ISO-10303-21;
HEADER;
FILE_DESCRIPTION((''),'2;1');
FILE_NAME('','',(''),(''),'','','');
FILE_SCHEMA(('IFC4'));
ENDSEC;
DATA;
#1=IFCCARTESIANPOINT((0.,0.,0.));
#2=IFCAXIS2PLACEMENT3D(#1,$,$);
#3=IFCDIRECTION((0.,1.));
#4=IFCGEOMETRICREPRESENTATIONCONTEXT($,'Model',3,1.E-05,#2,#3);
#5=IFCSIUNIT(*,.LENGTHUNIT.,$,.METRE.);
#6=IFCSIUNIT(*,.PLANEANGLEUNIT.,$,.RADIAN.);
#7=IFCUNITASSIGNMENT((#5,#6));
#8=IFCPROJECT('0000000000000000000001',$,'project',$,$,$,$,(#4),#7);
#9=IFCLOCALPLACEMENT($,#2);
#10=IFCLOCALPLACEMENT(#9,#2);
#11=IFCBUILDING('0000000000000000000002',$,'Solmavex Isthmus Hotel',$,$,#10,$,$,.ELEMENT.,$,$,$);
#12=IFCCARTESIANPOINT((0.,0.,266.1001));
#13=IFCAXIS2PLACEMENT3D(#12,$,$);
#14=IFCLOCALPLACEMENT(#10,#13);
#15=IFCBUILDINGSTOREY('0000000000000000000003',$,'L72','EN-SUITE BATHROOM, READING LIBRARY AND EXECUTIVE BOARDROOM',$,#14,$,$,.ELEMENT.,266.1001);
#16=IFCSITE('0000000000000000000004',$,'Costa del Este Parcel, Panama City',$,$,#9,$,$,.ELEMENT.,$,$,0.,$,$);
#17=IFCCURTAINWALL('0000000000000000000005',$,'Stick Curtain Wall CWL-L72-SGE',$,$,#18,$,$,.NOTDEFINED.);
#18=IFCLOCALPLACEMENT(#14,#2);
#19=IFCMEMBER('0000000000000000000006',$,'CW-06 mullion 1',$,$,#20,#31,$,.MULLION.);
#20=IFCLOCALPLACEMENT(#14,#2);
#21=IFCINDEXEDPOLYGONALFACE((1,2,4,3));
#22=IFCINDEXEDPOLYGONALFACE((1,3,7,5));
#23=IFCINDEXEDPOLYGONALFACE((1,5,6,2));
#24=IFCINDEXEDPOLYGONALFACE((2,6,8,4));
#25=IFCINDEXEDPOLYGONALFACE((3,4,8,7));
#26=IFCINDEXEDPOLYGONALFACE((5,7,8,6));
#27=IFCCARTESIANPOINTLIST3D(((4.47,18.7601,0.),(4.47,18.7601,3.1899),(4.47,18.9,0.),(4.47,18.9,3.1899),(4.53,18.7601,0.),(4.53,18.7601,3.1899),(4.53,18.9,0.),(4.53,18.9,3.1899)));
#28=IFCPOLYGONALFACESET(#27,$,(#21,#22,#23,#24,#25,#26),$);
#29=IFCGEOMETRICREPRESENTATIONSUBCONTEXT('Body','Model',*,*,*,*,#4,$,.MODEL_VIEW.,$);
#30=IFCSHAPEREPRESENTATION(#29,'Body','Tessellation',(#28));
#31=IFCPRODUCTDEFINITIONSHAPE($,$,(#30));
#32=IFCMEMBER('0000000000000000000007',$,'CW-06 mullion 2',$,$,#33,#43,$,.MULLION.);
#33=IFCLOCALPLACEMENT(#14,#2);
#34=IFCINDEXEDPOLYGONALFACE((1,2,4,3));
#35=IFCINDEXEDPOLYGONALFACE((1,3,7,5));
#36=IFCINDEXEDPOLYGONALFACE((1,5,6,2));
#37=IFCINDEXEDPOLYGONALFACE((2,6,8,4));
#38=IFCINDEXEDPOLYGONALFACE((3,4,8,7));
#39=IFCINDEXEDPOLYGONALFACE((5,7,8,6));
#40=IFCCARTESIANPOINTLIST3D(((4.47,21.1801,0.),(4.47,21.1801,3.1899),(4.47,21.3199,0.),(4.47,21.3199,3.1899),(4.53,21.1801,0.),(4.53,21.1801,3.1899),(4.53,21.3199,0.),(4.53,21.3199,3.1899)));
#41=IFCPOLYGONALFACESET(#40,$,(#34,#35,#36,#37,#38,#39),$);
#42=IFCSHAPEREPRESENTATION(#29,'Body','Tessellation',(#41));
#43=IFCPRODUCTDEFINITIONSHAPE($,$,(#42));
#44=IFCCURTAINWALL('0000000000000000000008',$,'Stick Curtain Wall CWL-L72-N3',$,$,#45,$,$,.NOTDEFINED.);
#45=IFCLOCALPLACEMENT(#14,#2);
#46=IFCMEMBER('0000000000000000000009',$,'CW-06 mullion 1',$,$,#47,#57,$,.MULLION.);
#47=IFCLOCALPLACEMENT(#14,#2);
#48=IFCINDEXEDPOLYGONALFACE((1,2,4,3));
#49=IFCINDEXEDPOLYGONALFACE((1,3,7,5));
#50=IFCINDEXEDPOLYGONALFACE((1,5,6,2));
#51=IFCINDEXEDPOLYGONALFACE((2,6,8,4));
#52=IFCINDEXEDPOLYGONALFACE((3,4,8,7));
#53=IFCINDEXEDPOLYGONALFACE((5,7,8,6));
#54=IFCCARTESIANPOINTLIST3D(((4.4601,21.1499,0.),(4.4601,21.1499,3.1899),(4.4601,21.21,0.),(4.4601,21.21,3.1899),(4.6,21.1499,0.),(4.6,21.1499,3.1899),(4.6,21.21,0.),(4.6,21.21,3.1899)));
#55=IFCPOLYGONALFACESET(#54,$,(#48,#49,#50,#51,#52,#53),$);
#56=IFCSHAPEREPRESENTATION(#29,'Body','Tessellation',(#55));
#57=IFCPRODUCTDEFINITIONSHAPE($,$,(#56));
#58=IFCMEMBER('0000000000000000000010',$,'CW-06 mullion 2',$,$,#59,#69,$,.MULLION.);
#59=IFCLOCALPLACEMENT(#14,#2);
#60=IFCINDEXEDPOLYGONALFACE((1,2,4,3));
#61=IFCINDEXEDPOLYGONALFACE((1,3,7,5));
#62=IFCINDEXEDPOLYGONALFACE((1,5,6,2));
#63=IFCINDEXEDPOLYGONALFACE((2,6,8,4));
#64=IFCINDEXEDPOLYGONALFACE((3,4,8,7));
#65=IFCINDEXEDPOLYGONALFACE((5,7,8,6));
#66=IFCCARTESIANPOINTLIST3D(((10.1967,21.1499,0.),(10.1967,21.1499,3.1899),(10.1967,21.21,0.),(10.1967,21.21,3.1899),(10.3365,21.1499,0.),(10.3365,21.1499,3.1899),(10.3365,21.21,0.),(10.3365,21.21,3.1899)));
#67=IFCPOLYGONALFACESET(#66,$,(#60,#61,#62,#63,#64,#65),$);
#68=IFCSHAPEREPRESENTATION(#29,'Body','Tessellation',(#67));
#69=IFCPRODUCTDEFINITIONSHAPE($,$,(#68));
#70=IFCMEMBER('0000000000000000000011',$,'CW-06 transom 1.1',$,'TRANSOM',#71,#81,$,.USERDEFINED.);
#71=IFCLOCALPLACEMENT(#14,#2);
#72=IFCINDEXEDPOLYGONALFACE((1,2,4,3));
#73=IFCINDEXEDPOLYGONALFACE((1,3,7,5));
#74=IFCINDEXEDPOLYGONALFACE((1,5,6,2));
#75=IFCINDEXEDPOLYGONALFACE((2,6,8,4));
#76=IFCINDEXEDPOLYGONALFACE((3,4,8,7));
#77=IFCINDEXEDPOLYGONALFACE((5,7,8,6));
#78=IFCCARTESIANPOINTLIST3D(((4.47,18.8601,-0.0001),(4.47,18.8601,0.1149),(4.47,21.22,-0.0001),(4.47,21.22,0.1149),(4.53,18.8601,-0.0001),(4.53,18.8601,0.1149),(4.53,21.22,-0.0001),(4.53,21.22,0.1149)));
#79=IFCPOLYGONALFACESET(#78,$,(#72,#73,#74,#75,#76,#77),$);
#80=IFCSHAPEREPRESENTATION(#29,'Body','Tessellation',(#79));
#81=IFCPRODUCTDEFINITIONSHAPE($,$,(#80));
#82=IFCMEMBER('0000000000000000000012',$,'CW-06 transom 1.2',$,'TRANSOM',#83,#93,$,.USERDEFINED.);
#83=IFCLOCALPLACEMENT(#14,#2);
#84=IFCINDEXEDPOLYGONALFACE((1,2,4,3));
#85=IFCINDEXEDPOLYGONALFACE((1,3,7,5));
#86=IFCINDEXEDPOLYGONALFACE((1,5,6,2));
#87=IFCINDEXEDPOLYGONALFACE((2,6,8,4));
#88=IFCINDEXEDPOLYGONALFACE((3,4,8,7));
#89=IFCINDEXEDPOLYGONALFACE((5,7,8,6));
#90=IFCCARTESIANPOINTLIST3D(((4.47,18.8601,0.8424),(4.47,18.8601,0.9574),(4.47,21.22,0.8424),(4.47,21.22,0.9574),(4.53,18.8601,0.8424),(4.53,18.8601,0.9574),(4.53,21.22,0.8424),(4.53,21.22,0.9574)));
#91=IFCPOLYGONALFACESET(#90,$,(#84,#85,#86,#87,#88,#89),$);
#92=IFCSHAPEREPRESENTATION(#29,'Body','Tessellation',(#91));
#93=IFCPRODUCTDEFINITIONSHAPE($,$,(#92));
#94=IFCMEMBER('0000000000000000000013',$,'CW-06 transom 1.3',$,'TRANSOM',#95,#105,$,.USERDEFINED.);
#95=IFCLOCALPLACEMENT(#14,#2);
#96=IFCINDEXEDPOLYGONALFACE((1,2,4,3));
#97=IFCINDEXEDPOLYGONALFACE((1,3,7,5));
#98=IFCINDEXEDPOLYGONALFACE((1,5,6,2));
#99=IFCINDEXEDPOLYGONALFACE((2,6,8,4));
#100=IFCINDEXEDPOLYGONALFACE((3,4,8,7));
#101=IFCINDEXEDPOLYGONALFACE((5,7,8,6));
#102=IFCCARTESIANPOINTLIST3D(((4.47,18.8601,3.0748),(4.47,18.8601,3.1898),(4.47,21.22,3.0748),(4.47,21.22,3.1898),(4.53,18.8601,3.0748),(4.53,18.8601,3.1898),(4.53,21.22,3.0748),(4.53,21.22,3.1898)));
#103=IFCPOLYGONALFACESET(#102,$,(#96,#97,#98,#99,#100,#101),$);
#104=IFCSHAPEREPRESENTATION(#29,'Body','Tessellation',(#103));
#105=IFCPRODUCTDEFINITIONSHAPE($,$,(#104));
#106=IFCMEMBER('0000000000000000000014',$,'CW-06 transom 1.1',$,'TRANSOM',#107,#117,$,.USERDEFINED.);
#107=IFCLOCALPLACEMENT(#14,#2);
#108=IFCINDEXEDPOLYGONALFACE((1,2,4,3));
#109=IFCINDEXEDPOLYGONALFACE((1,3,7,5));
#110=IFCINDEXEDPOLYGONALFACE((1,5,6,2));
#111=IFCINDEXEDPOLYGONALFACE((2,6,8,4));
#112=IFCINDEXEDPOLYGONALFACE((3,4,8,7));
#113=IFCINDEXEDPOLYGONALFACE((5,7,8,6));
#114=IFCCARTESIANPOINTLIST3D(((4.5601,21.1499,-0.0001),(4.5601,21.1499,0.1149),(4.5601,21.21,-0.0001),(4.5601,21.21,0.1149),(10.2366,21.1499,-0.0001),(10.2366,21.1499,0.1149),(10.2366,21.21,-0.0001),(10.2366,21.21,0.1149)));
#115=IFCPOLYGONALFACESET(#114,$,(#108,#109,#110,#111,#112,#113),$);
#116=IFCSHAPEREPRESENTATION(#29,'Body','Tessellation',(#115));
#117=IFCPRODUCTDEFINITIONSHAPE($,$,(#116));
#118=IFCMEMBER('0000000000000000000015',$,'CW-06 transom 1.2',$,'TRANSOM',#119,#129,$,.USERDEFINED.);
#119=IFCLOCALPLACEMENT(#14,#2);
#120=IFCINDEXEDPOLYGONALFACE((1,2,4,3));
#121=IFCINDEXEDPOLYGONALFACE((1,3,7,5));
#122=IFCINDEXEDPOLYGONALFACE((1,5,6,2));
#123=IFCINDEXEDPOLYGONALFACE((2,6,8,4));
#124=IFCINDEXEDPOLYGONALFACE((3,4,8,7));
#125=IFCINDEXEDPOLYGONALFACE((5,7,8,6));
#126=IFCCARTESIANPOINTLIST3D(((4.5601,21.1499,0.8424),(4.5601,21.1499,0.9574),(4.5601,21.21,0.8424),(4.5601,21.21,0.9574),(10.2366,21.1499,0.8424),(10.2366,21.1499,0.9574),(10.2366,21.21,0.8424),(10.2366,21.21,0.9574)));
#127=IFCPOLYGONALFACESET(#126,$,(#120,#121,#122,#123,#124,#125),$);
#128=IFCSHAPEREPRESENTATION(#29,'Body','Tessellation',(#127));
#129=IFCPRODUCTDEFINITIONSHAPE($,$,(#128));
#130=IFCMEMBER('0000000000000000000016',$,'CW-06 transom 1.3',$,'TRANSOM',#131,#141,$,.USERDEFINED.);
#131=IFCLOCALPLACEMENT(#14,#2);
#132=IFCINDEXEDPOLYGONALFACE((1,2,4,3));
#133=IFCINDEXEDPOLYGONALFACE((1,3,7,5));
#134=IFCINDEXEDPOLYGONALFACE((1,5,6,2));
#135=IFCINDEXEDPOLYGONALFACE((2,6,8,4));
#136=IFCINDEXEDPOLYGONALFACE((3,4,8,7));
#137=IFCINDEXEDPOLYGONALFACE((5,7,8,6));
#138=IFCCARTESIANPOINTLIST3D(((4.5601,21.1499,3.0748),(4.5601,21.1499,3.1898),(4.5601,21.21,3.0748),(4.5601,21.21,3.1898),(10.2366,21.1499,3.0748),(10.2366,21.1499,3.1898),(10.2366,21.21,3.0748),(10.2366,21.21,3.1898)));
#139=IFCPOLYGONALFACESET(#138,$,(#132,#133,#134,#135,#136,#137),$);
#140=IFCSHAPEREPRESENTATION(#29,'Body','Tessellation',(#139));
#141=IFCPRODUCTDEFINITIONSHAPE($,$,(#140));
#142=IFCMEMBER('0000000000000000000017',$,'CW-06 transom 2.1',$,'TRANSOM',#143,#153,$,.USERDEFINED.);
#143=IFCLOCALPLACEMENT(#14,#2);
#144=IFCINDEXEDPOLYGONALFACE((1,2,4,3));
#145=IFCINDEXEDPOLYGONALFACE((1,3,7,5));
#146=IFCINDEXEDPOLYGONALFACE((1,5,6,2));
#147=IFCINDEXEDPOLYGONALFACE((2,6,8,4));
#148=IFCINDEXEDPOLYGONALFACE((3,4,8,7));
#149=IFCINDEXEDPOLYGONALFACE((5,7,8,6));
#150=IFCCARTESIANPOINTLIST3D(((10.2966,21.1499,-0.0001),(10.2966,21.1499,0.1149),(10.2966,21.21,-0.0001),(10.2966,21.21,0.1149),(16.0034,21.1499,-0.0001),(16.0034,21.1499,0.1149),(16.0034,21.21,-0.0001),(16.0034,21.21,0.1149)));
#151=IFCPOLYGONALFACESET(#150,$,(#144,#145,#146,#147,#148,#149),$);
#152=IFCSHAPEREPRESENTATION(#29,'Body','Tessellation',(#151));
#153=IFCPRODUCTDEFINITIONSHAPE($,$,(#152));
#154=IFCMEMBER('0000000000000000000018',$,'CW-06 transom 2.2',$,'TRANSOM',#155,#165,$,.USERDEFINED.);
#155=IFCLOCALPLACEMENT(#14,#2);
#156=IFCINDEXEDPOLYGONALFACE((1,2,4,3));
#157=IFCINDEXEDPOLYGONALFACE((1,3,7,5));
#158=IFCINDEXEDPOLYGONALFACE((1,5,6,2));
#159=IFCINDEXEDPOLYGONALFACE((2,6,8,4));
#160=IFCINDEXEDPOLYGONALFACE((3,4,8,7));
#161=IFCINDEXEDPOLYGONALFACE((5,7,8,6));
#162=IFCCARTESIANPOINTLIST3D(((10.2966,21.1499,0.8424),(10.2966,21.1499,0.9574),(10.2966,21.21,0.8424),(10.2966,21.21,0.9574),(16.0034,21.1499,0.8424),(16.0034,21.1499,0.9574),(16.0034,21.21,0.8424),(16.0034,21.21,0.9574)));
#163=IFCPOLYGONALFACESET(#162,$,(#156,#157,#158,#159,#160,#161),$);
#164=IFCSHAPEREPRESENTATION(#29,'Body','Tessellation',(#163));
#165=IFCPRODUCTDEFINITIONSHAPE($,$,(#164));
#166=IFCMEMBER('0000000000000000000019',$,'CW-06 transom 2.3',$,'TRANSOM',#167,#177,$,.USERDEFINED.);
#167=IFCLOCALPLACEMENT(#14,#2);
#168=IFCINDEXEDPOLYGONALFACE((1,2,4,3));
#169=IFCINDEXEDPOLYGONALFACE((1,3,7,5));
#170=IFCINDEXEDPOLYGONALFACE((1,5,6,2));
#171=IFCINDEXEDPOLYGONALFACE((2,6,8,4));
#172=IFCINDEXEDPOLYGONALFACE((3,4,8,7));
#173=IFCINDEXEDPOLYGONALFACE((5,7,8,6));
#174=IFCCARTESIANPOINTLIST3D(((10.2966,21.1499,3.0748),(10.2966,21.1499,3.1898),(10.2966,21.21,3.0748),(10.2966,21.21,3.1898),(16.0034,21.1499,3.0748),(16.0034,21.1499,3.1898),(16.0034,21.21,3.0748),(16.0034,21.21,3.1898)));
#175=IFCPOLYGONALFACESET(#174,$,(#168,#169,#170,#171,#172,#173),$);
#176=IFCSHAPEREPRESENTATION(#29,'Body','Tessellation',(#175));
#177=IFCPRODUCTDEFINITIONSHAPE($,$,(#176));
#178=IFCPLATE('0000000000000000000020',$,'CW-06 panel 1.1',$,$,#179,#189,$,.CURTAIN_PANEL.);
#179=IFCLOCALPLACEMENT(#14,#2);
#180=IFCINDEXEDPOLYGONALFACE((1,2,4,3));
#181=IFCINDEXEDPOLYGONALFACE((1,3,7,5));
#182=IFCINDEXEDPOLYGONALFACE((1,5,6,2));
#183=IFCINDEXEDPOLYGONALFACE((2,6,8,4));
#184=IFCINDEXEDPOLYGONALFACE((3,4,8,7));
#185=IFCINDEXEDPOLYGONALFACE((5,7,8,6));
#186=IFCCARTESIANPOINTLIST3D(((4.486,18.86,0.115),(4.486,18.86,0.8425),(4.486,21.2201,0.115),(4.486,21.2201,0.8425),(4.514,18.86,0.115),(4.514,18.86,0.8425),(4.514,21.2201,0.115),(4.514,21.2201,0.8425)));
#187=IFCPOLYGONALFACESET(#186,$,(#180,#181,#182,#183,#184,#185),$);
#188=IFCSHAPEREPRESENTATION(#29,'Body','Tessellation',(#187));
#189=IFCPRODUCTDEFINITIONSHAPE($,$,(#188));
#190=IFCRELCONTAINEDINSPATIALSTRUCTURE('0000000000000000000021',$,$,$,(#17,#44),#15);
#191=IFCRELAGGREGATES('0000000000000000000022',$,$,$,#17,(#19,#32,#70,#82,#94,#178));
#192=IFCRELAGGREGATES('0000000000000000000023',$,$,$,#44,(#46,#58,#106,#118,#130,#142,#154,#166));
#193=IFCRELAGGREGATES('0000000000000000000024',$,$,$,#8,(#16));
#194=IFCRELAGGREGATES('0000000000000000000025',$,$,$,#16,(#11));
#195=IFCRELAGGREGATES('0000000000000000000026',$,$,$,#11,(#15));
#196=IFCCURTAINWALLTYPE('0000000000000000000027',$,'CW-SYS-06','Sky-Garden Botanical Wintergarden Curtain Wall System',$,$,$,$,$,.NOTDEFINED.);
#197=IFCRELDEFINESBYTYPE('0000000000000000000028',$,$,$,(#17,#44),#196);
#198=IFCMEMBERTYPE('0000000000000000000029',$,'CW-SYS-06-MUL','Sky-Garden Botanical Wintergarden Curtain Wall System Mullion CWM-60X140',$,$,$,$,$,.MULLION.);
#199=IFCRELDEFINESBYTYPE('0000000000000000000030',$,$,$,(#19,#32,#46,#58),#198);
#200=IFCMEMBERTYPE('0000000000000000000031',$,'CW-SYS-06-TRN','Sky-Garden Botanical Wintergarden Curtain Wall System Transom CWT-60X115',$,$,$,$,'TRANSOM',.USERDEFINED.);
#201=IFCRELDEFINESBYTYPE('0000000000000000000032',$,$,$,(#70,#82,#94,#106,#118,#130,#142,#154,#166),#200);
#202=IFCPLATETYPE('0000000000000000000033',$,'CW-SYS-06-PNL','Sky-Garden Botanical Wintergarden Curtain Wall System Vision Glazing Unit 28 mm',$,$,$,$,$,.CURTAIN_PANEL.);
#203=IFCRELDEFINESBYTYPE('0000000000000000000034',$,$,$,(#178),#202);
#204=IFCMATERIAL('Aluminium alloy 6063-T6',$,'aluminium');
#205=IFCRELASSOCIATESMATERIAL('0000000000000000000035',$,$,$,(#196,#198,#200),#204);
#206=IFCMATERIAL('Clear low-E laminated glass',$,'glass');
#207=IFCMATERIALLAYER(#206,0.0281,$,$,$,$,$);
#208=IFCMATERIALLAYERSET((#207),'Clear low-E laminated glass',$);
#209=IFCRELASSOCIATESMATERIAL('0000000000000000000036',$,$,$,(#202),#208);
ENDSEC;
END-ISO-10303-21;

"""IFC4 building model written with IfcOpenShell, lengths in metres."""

from ifc_helpers import new_model, si_unit, direction, frame, origin, origin_2d, place, context, subcontext, project, spatial, rectangle, extrude, material, layer, layer_set, material_profile, profile_set, type_object, element, aggregate, save


model = new_model("IFC4")

# Units and contexts
model_context = context("Model", 3, precision=1e-05, world=origin(), true_north=direction((0.0, 1.0)))
body_context = subcontext(model_context, "Body", "Model", "MODEL_VIEW")
ifc_project = project(units=[si_unit("LENGTHUNIT", "METRE"), si_unit("PLANEANGLEUNIT", "RADIAN")], contexts=[model_context])

# Site, building, storey
site_placement = place(None, origin())
site = spatial("IfcSite", under=ifc_project, at=site_placement, Name="Costa del Este Parcel, Panama City", CompositionType="ELEMENT", RefElevation=0.0)
building_placement = place(site_placement, origin())
building = spatial("IfcBuilding", under=site, at=building_placement, Name="Solmavex Isthmus Hotel", CompositionType="ELEMENT")
storey_placement = place(building_placement, frame((0.0, 0.0, 266.1001)))
storey = spatial("IfcBuildingStorey", under=building, at=storey_placement, Name="L72", Description="EN-SUITE BATHROOM, READING LIBRARY AND EXECUTIVE BOARDROOM", CompositionType="ELEMENT", Elevation=266.1001)

# Curtain walls, members
ifc_material_1 = material(Name="Aluminium alloy 6063-T6", Category="aluminium")
curtain_wall_type = type_object("IfcCurtainWallType", Name="CW-SYS-06", Description="Sky-Garden Botanical Wintergarden Curtain Wall System", PredefinedType="NOTDEFINED", material=ifc_material_1)
curtain_wall_1_placement = place(storey_placement, origin())
curtain_wall_1 = element("IfcCurtainWall", 1, at=curtain_wall_1_placement, inside=storey, type_object=curtain_wall_type, Name="Stick Curtain Wall CWL-L72-SGE", PredefinedType="NOTDEFINED")
ifc_material_profile_1 = material_profile(ifc_material_1, rectangle(XDim=0.0601, YDim=0.1399, at=origin_2d()), Name="CWM-60X140")
ifc_profile_set_1 = profile_set([ifc_material_profile_1], Name="Aluminium alloy 6063-T6")
member_type_1 = type_object("IfcMemberType", Name="CW-SYS-06-MUL", Description="Sky-Garden Botanical Wintergarden Curtain Wall System Mullion CWM-60X140", PredefinedType="MULLION", material=ifc_profile_set_1)
member_1_placement = place(storey_placement, frame((4.5, 18.8301, 0.0), z_axis=(0.0, 0.0, 1.0), x_axis=(-1.0, 0.0, 0.0)))
member_1 = element("IfcMember", 2, at=member_1_placement, type_object=member_type_1, Name="CW-06 mullion 1", PredefinedType="MULLION", context=body_context, shape_type="SweptSolid", body=[
    extrude(rectangle(XDim=0.0601, YDim=0.1399, at=origin_2d()), origin(), (0.0, 0.0, 1.0), 3.1899),
])
member_2_placement = place(storey_placement, frame((4.5, 21.25, 0.0), z_axis=(0.0, 0.0, 1.0), x_axis=(-1.0, 0.0, 0.0)))
member_2 = element("IfcMember", 3, at=member_2_placement, type_object=member_type_1, Name="CW-06 mullion 2", PredefinedType="MULLION", context=body_context, shape_type="SweptSolid", body=[
    extrude(rectangle(XDim=0.0601, YDim=0.1399, at=origin_2d()), origin(), (0.0, 0.0, 1.0), 3.1899),
])
curtain_wall_2_placement = place(storey_placement, origin())
curtain_wall_2 = element("IfcCurtainWall", 4, at=curtain_wall_2_placement, inside=storey, type_object=curtain_wall_type, Name="Stick Curtain Wall CWL-L72-N3", PredefinedType="NOTDEFINED")
member_3_placement = place(storey_placement, frame((4.53, 21.1799, 0.0), z_axis=(0.0, 0.0, 1.0), x_axis=(0.0, 1.0, 0.0)))
member_3 = element("IfcMember", 5, at=member_3_placement, type_object=member_type_1, Name="CW-06 mullion 1", PredefinedType="MULLION", context=body_context, shape_type="SweptSolid", body=[
    extrude(rectangle(XDim=0.0601, YDim=0.1399, at=origin_2d()), origin(), (0.0, 0.0, 1.0), 3.1899),
])
member_4_placement = place(storey_placement, frame((10.2666, 21.1799, 0.0), z_axis=(0.0, 0.0, 1.0), x_axis=(0.0, 1.0, 0.0)))
member_4 = element("IfcMember", 6, at=member_4_placement, type_object=member_type_1, Name="CW-06 mullion 2", PredefinedType="MULLION", context=body_context, shape_type="SweptSolid", body=[
    extrude(rectangle(XDim=0.0601, YDim=0.1399, at=origin_2d()), origin(), (0.0, 0.0, 1.0), 3.1899),
])

# Members
ifc_material_profile_2 = material_profile(ifc_material_1, rectangle(XDim=0.0601, YDim=0.115, at=origin_2d()), Name="CWT-60X115")
ifc_profile_set_2 = profile_set([ifc_material_profile_2], Name="Aluminium alloy 6063-T6")
member_type_2 = type_object("IfcMemberType", Name="CW-SYS-06-TRN", Description="Sky-Garden Botanical Wintergarden Curtain Wall System Transom CWT-60X115", ElementType="TRANSOM", PredefinedType="USERDEFINED", material=ifc_profile_set_2)
member_5_placement = place(storey_placement, frame((4.5, 18.8601, 0.0574), z_axis=(0.0, 1.0, 0.0), x_axis=(-1.0, 0.0, 0.0)))
member_5 = element("IfcMember", 7, at=member_5_placement, type_object=member_type_2, Name="CW-06 transom 1.1", ObjectType="TRANSOM", PredefinedType="USERDEFINED", context=body_context, shape_type="SweptSolid", body=[
    extrude(rectangle(XDim=0.0601, YDim=0.115, at=origin_2d()), origin(), (0.0, 0.0, 1.0), 2.3599),
])
member_6_placement = place(storey_placement, frame((4.5, 18.8601, 0.8999), z_axis=(0.0, 1.0, 0.0), x_axis=(-1.0, 0.0, 0.0)))
member_6 = element("IfcMember", 8, at=member_6_placement, type_object=member_type_2, Name="CW-06 transom 1.2", ObjectType="TRANSOM", PredefinedType="USERDEFINED", context=body_context, shape_type="SweptSolid", body=[
    extrude(rectangle(XDim=0.0601, YDim=0.115, at=origin_2d()), origin(), (0.0, 0.0, 1.0), 2.3599),
])
member_7_placement = place(storey_placement, frame((4.5, 18.8601, 3.1323), z_axis=(0.0, 1.0, 0.0), x_axis=(-1.0, 0.0, 0.0)))
member_7 = element("IfcMember", 9, at=member_7_placement, type_object=member_type_2, Name="CW-06 transom 1.3", ObjectType="TRANSOM", PredefinedType="USERDEFINED", context=body_context, shape_type="SweptSolid", body=[
    extrude(rectangle(XDim=0.0601, YDim=0.115, at=origin_2d()), origin(), (0.0, 0.0, 1.0), 2.3599),
])
member_8_placement = place(storey_placement, frame((4.5601, 21.1799, 0.0574), z_axis=(1.0, 0.0, 0.0), x_axis=(0.0, 1.0, 0.0)))
member_8 = element("IfcMember", 10, at=member_8_placement, type_object=member_type_2, Name="CW-06 transom 1.1", ObjectType="TRANSOM", PredefinedType="USERDEFINED", context=body_context, shape_type="SweptSolid", body=[
    extrude(rectangle(XDim=0.0601, YDim=0.115, at=origin_2d()), origin(), (0.0, 0.0, 1.0), 5.6765),
])
member_9_placement = place(storey_placement, frame((4.5601, 21.1799, 0.8999), z_axis=(1.0, 0.0, 0.0), x_axis=(0.0, 1.0, 0.0)))
member_9 = element("IfcMember", 11, at=member_9_placement, type_object=member_type_2, Name="CW-06 transom 1.2", ObjectType="TRANSOM", PredefinedType="USERDEFINED", context=body_context, shape_type="SweptSolid", body=[
    extrude(rectangle(XDim=0.0601, YDim=0.115, at=origin_2d()), origin(), (0.0, 0.0, 1.0), 5.6765),
])
member_10_placement = place(storey_placement, frame((4.5601, 21.1799, 3.1323), z_axis=(1.0, 0.0, 0.0), x_axis=(0.0, 1.0, 0.0)))
member_10 = element("IfcMember", 12, at=member_10_placement, type_object=member_type_2, Name="CW-06 transom 1.3", ObjectType="TRANSOM", PredefinedType="USERDEFINED", context=body_context, shape_type="SweptSolid", body=[
    extrude(rectangle(XDim=0.0601, YDim=0.115, at=origin_2d()), origin(), (0.0, 0.0, 1.0), 5.6765),
])
member_11_placement = place(storey_placement, frame((10.2966, 21.1799, 0.0574), z_axis=(1.0, 0.0, 0.0), x_axis=(0.0, 1.0, 0.0)))
member_11 = element("IfcMember", 13, at=member_11_placement, type_object=member_type_2, Name="CW-06 transom 2.1", ObjectType="TRANSOM", PredefinedType="USERDEFINED", context=body_context, shape_type="SweptSolid", body=[
    extrude(rectangle(XDim=0.0601, YDim=0.115, at=origin_2d()), origin(), (0.0, 0.0, 1.0), 5.7068),
])
member_12_placement = place(storey_placement, frame((10.2966, 21.1799, 0.8999), z_axis=(1.0, 0.0, 0.0), x_axis=(0.0, 1.0, 0.0)))
member_12 = element("IfcMember", 14, at=member_12_placement, type_object=member_type_2, Name="CW-06 transom 2.2", ObjectType="TRANSOM", PredefinedType="USERDEFINED", context=body_context, shape_type="SweptSolid", body=[
    extrude(rectangle(XDim=0.0601, YDim=0.115, at=origin_2d()), origin(), (0.0, 0.0, 1.0), 5.7068),
])
member_13_placement = place(storey_placement, frame((10.2966, 21.1799, 3.1323), z_axis=(1.0, 0.0, 0.0), x_axis=(0.0, 1.0, 0.0)))
member_13 = element("IfcMember", 15, at=member_13_placement, type_object=member_type_2, Name="CW-06 transom 2.3", ObjectType="TRANSOM", PredefinedType="USERDEFINED", context=body_context, shape_type="SweptSolid", body=[
    extrude(rectangle(XDim=0.0601, YDim=0.115, at=origin_2d()), origin(), (0.0, 0.0, 1.0), 5.7068),
])

# Plate
ifc_material_2 = material(Name="Clear low-E laminated glass", Category="glass")
ifc_layer_1 = layer(ifc_material_2, 0.0281)
ifc_layer_set_1 = layer_set([ifc_layer_1], Name="Clear low-E laminated glass")
plate_type = type_object("IfcPlateType", Name="CW-SYS-06-PNL", Description="Sky-Garden Botanical Wintergarden Curtain Wall System Vision Glazing Unit 28 mm", PredefinedType="CURTAIN_PANEL", material=ifc_layer_set_1)
plate_1_placement = place(storey_placement, frame((4.5, 20.04, 0.115), z_axis=(0.0, 0.0, 1.0), x_axis=(0.0, 1.0, 0.0)))
plate_1 = element("IfcPlate", 16, at=plate_1_placement, type_object=plate_type, Name="CW-06 panel 1.1", PredefinedType="CURTAIN_PANEL", context=body_context, shape_type="SweptSolid", body=[
    extrude(rectangle(XDim=2.3601, YDim=0.0281, at=origin_2d()), origin(), (0.0, 0.0, 1.0), 0.7275),
])
aggregate(curtain_wall_1, [member_1, member_2, member_5, member_6, member_7, plate_1])
aggregate(curtain_wall_2, [member_3, member_4, member_8, member_9, member_10, member_11, member_12, member_13])

save(model, "model.ifc")
